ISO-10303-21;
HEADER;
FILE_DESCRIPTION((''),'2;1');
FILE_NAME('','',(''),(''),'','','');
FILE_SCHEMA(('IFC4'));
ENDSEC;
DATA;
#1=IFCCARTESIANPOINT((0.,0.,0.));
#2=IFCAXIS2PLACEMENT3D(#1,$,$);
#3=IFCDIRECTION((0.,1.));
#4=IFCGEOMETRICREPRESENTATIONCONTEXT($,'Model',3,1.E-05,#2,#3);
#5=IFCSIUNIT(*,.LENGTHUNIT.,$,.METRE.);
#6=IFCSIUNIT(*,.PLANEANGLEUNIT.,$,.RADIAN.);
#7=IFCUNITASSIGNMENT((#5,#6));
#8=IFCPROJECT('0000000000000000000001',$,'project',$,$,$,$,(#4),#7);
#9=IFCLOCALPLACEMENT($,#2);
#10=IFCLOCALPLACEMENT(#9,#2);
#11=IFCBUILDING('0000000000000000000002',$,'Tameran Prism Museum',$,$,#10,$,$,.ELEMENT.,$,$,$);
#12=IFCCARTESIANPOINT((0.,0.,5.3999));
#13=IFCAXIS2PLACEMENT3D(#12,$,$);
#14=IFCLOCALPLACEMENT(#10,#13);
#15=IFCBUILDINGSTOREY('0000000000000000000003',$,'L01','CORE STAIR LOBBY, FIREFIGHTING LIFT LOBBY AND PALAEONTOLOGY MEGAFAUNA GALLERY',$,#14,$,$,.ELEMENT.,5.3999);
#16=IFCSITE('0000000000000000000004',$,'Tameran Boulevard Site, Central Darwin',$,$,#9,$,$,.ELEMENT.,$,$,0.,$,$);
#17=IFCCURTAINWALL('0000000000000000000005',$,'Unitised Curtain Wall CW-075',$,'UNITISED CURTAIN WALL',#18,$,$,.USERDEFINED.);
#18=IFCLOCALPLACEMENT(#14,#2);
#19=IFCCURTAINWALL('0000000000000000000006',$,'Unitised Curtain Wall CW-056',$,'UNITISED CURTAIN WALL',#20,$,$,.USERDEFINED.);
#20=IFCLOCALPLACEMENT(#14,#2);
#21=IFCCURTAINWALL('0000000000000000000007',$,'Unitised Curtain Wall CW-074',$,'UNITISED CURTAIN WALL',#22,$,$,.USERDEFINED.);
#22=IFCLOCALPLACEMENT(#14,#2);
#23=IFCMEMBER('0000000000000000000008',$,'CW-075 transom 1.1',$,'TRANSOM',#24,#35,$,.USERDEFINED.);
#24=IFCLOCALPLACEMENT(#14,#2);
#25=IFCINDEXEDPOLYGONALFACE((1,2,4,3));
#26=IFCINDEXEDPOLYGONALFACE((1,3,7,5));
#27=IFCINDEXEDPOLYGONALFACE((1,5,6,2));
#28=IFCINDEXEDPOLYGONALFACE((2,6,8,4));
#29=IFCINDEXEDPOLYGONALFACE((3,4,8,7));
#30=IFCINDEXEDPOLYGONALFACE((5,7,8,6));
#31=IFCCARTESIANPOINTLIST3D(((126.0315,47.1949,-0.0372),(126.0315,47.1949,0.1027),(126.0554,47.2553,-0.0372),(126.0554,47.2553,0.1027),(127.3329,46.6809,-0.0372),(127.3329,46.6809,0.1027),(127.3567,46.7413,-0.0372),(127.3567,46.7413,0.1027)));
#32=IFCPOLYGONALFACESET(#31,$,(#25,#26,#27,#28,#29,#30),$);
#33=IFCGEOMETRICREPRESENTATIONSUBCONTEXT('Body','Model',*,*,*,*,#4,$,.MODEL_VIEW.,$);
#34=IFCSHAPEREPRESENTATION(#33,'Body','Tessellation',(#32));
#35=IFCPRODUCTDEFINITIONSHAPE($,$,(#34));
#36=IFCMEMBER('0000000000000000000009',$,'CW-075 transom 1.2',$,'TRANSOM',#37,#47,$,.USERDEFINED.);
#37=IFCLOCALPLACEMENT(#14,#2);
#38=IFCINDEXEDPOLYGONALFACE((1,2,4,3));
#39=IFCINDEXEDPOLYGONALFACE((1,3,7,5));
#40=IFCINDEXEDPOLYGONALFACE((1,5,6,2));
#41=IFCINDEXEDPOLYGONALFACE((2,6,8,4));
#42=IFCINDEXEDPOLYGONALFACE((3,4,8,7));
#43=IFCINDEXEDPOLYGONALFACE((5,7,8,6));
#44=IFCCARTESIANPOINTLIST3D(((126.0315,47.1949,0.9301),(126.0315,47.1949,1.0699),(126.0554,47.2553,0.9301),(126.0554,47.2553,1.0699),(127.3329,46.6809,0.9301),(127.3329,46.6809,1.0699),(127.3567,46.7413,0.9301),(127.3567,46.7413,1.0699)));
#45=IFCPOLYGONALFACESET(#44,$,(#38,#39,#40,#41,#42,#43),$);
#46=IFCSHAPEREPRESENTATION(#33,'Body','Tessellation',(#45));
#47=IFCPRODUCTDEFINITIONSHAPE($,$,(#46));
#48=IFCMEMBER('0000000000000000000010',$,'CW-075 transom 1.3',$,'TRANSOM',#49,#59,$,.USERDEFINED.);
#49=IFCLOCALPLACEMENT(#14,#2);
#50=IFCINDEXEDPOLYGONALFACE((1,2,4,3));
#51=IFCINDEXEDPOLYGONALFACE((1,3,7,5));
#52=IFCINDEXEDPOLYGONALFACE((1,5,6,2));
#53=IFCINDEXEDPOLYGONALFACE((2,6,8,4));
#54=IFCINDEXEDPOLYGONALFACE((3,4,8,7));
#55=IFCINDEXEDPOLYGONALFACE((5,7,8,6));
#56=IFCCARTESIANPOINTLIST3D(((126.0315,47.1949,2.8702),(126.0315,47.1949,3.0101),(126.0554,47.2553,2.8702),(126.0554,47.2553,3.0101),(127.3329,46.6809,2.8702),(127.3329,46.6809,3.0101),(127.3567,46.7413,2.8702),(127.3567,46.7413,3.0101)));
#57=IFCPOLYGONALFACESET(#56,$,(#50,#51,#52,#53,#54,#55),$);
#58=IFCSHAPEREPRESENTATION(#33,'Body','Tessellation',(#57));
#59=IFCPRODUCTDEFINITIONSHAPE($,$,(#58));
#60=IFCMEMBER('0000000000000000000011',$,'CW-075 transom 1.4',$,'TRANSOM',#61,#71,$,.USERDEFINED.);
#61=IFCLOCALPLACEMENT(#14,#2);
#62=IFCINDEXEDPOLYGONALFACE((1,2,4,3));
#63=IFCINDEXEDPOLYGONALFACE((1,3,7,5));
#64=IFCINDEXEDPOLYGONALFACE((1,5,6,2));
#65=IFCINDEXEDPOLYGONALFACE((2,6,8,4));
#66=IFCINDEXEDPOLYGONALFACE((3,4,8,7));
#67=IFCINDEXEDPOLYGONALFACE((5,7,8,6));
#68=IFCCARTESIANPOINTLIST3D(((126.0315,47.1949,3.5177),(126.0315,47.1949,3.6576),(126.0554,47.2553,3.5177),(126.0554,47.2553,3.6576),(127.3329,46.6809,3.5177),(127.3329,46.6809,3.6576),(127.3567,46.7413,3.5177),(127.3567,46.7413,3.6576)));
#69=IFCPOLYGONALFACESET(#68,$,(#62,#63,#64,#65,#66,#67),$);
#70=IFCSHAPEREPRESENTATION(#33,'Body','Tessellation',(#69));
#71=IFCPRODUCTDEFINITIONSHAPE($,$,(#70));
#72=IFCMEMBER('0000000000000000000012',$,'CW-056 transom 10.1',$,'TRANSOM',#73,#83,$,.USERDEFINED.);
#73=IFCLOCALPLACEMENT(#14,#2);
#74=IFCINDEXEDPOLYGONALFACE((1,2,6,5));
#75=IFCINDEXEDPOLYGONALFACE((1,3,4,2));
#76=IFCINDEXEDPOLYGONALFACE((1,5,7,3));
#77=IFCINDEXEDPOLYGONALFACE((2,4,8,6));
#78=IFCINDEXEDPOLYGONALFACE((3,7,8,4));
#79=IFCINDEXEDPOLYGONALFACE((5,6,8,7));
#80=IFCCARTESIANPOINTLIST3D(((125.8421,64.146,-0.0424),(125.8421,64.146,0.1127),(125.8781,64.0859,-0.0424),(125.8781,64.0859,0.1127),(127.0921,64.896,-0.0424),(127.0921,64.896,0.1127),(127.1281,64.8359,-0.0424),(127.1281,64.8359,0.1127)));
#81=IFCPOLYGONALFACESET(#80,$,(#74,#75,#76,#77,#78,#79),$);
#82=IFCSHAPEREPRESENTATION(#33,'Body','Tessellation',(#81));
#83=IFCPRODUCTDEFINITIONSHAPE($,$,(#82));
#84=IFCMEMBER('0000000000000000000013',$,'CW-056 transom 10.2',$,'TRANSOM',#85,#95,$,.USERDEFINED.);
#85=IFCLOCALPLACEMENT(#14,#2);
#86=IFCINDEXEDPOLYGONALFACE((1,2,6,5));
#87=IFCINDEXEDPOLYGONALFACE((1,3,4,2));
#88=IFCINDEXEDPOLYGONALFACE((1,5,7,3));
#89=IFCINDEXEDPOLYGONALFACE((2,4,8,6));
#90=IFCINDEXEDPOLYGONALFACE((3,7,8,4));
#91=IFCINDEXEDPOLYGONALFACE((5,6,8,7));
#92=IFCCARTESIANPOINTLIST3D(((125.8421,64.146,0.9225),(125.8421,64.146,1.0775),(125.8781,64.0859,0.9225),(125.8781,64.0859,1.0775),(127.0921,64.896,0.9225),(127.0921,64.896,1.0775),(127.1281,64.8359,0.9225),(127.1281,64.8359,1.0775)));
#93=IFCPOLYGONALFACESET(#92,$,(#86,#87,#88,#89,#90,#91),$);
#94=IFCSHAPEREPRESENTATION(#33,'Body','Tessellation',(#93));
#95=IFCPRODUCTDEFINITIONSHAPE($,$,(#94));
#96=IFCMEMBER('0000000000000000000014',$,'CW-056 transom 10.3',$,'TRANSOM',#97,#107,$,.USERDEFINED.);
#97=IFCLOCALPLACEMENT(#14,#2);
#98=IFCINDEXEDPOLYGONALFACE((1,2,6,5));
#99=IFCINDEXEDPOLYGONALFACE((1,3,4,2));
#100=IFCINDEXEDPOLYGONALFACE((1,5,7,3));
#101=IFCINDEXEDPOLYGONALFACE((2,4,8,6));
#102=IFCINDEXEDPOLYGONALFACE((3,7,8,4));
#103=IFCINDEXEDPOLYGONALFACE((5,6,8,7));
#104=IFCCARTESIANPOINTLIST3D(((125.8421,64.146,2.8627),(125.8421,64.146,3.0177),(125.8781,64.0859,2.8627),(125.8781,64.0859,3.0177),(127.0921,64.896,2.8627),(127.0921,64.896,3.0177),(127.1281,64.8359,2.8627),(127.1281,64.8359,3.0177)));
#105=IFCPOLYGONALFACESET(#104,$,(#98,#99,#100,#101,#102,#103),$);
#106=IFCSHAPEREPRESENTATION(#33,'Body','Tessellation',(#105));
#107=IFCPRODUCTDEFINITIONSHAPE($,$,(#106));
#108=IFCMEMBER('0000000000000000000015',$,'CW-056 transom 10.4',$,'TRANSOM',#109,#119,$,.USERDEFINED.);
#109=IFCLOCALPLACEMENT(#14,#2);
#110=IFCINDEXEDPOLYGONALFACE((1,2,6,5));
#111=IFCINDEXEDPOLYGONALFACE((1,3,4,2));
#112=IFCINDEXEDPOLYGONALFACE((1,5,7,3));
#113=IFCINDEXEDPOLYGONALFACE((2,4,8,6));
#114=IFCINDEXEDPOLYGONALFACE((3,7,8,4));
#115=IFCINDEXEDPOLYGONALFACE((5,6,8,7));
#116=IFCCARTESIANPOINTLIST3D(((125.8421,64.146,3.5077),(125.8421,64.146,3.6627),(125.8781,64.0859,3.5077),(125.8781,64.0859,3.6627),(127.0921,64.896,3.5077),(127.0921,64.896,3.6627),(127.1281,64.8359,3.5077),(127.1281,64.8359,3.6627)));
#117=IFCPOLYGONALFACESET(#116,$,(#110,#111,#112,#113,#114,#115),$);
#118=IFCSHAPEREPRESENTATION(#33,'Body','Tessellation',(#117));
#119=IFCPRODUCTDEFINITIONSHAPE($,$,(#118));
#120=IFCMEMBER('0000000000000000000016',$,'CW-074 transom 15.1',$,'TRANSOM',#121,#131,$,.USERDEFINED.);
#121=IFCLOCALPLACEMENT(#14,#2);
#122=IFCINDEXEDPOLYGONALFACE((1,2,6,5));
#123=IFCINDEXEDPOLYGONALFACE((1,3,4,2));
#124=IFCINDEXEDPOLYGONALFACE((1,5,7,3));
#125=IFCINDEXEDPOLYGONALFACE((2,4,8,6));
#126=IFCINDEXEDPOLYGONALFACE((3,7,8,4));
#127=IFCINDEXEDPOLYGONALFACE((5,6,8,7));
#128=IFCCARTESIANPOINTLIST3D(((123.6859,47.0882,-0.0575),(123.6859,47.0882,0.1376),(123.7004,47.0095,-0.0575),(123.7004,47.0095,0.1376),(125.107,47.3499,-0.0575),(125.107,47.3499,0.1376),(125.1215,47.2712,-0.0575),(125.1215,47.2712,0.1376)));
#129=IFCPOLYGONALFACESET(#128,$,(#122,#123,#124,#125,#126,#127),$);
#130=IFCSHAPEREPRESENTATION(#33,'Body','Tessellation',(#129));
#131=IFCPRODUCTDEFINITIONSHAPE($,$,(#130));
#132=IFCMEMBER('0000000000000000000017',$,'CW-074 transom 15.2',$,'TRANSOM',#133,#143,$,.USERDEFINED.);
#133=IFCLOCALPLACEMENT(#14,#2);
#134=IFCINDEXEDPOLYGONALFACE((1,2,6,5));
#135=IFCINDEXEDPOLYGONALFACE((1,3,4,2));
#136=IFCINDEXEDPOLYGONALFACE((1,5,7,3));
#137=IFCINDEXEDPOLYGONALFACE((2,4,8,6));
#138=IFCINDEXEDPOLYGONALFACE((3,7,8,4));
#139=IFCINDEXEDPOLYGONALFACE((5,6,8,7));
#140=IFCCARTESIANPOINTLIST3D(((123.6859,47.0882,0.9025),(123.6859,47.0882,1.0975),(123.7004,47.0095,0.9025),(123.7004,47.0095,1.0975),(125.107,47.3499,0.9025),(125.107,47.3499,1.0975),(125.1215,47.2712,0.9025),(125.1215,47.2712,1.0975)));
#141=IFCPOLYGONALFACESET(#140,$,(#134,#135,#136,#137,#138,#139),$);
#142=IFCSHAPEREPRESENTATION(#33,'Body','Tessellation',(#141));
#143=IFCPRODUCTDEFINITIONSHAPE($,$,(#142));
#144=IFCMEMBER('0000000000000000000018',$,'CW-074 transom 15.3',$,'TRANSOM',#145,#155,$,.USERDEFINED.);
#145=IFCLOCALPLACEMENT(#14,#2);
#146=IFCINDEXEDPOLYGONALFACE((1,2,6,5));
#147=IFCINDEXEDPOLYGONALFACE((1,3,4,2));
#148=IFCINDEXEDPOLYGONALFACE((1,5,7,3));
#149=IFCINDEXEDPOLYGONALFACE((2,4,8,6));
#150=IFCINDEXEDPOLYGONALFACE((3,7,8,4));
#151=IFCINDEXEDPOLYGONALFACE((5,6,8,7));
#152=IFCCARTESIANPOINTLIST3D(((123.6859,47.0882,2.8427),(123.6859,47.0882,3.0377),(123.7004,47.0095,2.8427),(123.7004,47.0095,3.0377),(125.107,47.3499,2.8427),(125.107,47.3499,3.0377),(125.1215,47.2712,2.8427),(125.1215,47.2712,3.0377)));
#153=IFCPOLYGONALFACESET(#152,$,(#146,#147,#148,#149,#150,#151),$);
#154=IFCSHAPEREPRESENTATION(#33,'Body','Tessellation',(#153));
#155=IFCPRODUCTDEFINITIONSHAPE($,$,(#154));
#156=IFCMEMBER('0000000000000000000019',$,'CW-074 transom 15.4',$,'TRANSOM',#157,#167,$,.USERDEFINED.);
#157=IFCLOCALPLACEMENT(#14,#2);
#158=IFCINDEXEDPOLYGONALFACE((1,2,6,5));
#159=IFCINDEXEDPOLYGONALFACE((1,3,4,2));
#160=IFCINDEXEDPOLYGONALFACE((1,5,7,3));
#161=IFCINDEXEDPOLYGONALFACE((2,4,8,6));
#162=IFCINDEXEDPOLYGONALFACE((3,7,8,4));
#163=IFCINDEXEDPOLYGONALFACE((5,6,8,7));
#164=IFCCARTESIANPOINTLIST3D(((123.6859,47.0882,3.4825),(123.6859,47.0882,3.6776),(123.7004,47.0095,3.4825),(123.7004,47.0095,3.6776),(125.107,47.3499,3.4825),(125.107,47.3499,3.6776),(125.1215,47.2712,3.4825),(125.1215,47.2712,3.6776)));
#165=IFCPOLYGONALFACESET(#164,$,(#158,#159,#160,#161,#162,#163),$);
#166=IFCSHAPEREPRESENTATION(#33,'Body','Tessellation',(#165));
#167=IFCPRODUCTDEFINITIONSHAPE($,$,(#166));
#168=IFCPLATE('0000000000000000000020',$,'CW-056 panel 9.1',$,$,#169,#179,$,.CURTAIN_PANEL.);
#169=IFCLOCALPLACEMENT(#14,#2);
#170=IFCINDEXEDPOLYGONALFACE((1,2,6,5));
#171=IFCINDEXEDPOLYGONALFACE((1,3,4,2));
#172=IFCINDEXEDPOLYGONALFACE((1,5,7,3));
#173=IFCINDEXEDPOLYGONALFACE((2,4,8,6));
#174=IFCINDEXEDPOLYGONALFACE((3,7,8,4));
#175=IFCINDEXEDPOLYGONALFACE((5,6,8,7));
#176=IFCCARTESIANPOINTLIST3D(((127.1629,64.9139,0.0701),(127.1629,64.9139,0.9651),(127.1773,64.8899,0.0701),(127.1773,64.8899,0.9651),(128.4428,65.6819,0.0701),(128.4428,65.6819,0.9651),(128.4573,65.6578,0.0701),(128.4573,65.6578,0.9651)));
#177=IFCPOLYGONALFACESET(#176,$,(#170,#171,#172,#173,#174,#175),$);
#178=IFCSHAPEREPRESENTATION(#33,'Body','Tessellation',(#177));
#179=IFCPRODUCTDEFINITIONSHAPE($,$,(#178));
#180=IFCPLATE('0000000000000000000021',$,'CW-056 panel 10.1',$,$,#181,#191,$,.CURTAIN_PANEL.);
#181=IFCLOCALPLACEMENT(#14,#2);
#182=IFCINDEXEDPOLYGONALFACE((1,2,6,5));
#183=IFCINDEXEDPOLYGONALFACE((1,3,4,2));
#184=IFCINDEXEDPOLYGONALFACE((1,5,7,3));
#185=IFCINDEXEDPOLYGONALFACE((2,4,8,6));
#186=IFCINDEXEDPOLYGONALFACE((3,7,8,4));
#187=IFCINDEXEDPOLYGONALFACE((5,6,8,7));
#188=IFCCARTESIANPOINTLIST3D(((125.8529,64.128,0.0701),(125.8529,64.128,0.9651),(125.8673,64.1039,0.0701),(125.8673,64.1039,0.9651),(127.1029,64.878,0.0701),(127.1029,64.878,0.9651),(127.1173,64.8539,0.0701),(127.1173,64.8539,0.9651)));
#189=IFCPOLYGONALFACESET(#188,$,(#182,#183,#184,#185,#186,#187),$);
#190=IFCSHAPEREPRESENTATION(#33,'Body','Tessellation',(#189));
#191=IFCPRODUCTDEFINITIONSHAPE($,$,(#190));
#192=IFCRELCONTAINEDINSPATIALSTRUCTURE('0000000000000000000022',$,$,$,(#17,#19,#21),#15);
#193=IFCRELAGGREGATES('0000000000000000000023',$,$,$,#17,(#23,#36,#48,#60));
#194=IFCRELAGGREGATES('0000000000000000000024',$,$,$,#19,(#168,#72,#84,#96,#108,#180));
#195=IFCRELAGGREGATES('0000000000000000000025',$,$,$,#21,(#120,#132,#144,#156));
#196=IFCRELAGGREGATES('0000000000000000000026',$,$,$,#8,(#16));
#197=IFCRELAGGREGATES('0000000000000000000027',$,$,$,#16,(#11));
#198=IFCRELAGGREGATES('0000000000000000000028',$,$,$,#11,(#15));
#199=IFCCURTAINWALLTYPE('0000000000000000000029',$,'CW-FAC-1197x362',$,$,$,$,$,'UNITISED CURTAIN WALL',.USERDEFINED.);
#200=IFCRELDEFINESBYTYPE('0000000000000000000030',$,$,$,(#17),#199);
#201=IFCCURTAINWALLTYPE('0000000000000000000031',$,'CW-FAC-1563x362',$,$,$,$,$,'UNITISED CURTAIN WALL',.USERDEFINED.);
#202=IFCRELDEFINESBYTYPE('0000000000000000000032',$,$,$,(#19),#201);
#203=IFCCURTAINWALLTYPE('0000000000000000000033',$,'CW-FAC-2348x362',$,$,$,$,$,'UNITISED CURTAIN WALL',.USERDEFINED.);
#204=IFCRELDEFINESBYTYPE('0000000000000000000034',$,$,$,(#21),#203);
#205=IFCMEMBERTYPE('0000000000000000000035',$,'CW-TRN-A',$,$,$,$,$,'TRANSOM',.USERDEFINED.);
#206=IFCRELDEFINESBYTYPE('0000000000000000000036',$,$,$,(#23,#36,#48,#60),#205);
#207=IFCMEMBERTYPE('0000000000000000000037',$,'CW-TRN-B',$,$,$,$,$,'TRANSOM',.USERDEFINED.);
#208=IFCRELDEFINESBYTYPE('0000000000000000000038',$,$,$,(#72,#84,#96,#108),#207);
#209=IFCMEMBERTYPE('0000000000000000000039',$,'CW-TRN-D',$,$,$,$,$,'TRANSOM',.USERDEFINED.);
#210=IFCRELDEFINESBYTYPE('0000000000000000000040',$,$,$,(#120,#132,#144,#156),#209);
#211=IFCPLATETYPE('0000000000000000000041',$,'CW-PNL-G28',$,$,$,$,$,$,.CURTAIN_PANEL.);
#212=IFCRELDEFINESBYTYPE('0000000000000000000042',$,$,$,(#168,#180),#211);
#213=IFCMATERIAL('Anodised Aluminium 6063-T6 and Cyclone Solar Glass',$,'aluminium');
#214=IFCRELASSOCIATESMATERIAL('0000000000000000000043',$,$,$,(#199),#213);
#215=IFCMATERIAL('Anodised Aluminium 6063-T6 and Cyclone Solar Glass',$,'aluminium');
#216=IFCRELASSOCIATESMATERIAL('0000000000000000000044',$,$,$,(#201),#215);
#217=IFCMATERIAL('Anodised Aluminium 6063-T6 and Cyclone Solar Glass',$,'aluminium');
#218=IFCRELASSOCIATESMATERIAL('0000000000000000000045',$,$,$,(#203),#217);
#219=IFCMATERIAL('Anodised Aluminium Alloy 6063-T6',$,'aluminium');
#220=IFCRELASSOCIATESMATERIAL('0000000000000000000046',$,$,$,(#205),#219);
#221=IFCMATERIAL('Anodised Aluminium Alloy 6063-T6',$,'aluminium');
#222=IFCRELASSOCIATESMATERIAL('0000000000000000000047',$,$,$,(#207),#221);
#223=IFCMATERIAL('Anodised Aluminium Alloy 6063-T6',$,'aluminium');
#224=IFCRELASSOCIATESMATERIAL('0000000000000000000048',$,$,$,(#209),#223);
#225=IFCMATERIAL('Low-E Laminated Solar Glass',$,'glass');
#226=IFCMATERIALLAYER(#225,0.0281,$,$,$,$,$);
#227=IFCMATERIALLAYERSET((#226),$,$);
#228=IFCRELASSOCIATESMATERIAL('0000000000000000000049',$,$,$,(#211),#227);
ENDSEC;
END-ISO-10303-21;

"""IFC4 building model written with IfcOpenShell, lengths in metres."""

from ifc_helpers import new_model, si_unit, direction, frame, origin, origin_2d, place, context, subcontext, project, spatial, rectangle, extrude, material, layer, layer_set, material_profile, profile_set, type_object, element, aggregate, save


model = new_model("IFC4")

# Units and contexts
model_context = context("Model", 3, precision=1e-05, world=origin(), true_north=direction((0.0, 1.0)))
body_context = subcontext(model_context, "Body", "Model", "MODEL_VIEW")
ifc_project = project(units=[si_unit("LENGTHUNIT", "METRE"), si_unit("PLANEANGLEUNIT", "RADIAN")], contexts=[model_context])

# Site, building, storey
site_placement = place(None, origin())
site = spatial("IfcSite", under=ifc_project, at=site_placement, Name="Tameran Boulevard Site, Central Darwin", CompositionType="ELEMENT", RefElevation=0.0)
building_placement = place(site_placement, origin())
building = spatial("IfcBuilding", under=site, at=building_placement, Name="Tameran Prism Museum", CompositionType="ELEMENT")
storey_placement = place(building_placement, frame((0.0, 0.0, 5.3999)))
storey = spatial("IfcBuildingStorey", under=building, at=storey_placement, Name="L01", Description="CORE STAIR LOBBY, FIREFIGHTING LIFT LOBBY AND PALAEONTOLOGY MEGAFAUNA GALLERY", CompositionType="ELEMENT", Elevation=5.3999)

# Curtain wall
ifc_material_1 = material(Name="Anodised Aluminium 6063-T6 and Cyclone Solar Glass", Category="aluminium")
curtain_wall_type_1 = type_object("IfcCurtainWallType", Name="CW-FAC-1197x362", ElementType="UNITISED CURTAIN WALL", PredefinedType="USERDEFINED", material=ifc_material_1)
curtain_wall_1_placement = place(storey_placement, origin())
curtain_wall_1 = element("IfcCurtainWall", 1, at=curtain_wall_1_placement, inside=storey, type_object=curtain_wall_type_1, Name="Unitised Curtain Wall CW-075", ObjectType="UNITISED CURTAIN WALL", PredefinedType="USERDEFINED")

# Curtain walls
ifc_material_2 = material(Name="Anodised Aluminium 6063-T6 and Cyclone Solar Glass", Category="aluminium")
curtain_wall_type_2 = type_object("IfcCurtainWallType", Name="CW-FAC-1563x362", ElementType="UNITISED CURTAIN WALL", PredefinedType="USERDEFINED", material=ifc_material_2)
curtain_wall_2_placement = place(storey_placement, origin())
curtain_wall_2 = element("IfcCurtainWall", 2, at=curtain_wall_2_placement, inside=storey, type_object=curtain_wall_type_2, Name="Unitised Curtain Wall CW-056", ObjectType="UNITISED CURTAIN WALL", PredefinedType="USERDEFINED")
ifc_material_3 = material(Name="Anodised Aluminium 6063-T6 and Cyclone Solar Glass", Category="aluminium")
curtain_wall_type_3 = type_object("IfcCurtainWallType", Name="CW-FAC-2348x362", ElementType="UNITISED CURTAIN WALL", PredefinedType="USERDEFINED", material=ifc_material_3)
curtain_wall_3_placement = place(storey_placement, origin())
curtain_wall_3 = element("IfcCurtainWall", 3, at=curtain_wall_3_placement, inside=storey, type_object=curtain_wall_type_3, Name="Unitised Curtain Wall CW-074", ObjectType="UNITISED CURTAIN WALL", PredefinedType="USERDEFINED")

# Members
ifc_material_4 = material(Name="Anodised Aluminium Alloy 6063-T6", Category="aluminium")
ifc_material_profile_1 = material_profile(ifc_material_4, rectangle(XDim=0.0649, YDim=0.1399, at=origin_2d()))
ifc_profile_set_1 = profile_set([ifc_material_profile_1])
member_type_1 = type_object("IfcMemberType", Name="CW-TRN-A", ElementType="TRANSOM", PredefinedType="USERDEFINED", material=ifc_profile_set_1)
member_1_placement = place(storey_placement, frame((126.0435, 47.2251, 0.0327), z_axis=(0.930092, -0.367325, 0.0), x_axis=(0.367325, 0.930092, 0.0)))
member_1 = element("IfcMember", 4, at=member_1_placement, type_object=member_type_1, Name="CW-075 transom 1.1", ObjectType="TRANSOM", PredefinedType="USERDEFINED", context=body_context, shape_type="SweptSolid", body=[
    extrude(rectangle(XDim=0.0649, YDim=0.1399, at=origin_2d()), origin(), (0.0, 0.0, 1.0), 1.3992),
])
member_2_placement = place(storey_placement, frame((126.0435, 47.2251, 1.0), z_axis=(0.930092, -0.367325, 0.0), x_axis=(0.367325, 0.930092, 0.0)))
member_2 = element("IfcMember", 5, at=member_2_placement, type_object=member_type_1, Name="CW-075 transom 1.2", ObjectType="TRANSOM", PredefinedType="USERDEFINED", context=body_context, shape_type="SweptSolid", body=[
    extrude(rectangle(XDim=0.0649, YDim=0.1399, at=origin_2d()), origin(), (0.0, 0.0, 1.0), 1.3992),
])
member_3_placement = place(storey_placement, frame((126.0435, 47.2251, 2.9402), z_axis=(0.930092, -0.367325, 0.0), x_axis=(0.367325, 0.930092, 0.0)))
member_3 = element("IfcMember", 6, at=member_3_placement, type_object=member_type_1, Name="CW-075 transom 1.3", ObjectType="TRANSOM", PredefinedType="USERDEFINED", context=body_context, shape_type="SweptSolid", body=[
    extrude(rectangle(XDim=0.0649, YDim=0.1399, at=origin_2d()), origin(), (0.0, 0.0, 1.0), 1.3992),
])
member_4_placement = place(storey_placement, frame((126.0435, 47.2251, 3.5876), z_axis=(0.930092, -0.367325, 0.0), x_axis=(0.367325, 0.930092, 0.0)))
member_4 = element("IfcMember", 7, at=member_4_placement, type_object=member_type_1, Name="CW-075 transom 1.4", ObjectType="TRANSOM", PredefinedType="USERDEFINED", context=body_context, shape_type="SweptSolid", body=[
    extrude(rectangle(XDim=0.0649, YDim=0.1399, at=origin_2d()), origin(), (0.0, 0.0, 1.0), 1.3992),
])
aggregate(curtain_wall_1, [member_1, member_2, member_3, member_4])
ifc_material_5 = material(Name="Anodised Aluminium Alloy 6063-T6", Category="aluminium")
ifc_material_profile_2 = material_profile(ifc_material_5, rectangle(XDim=0.0701, YDim=0.155, at=origin_2d()))
ifc_profile_set_2 = profile_set([ifc_material_profile_2])
member_type_2 = type_object("IfcMemberType", Name="CW-TRN-B", ElementType="TRANSOM", PredefinedType="USERDEFINED", material=ifc_profile_set_2)
member_5_placement = place(storey_placement, frame((127.1101, 64.866, 0.0352), z_axis=(-0.857493, -0.514496, 0.0), x_axis=(0.514496, -0.857493, 0.0)))
member_5 = element("IfcMember", 8, at=member_5_placement, type_object=member_type_2, Name="CW-056 transom 10.1", ObjectType="TRANSOM", PredefinedType="USERDEFINED", context=body_context, shape_type="SweptSolid", body=[
    extrude(rectangle(XDim=0.0701, YDim=0.155, at=origin_2d()), origin(), (0.0, 0.0, 1.0), 1.4578),
])
member_6_placement = place(storey_placement, frame((127.1101, 64.866, 1.0), z_axis=(-0.857493, -0.514496, 0.0), x_axis=(0.514496, -0.857493, 0.0)))
member_6 = element("IfcMember", 9, at=member_6_placement, type_object=member_type_2, Name="CW-056 transom 10.2", ObjectType="TRANSOM", PredefinedType="USERDEFINED", context=body_context, shape_type="SweptSolid", body=[
    extrude(rectangle(XDim=0.0701, YDim=0.155, at=origin_2d()), origin(), (0.0, 0.0, 1.0), 1.4578),
])
member_7_placement = place(storey_placement, frame((127.1101, 64.866, 2.9402), z_axis=(-0.857493, -0.514496, 0.0), x_axis=(0.514496, -0.857493, 0.0)))
member_7 = element("IfcMember", 10, at=member_7_placement, type_object=member_type_2, Name="CW-056 transom 10.3", ObjectType="TRANSOM", PredefinedType="USERDEFINED", context=body_context, shape_type="SweptSolid", body=[
    extrude(rectangle(XDim=0.0701, YDim=0.155, at=origin_2d()), origin(), (0.0, 0.0, 1.0), 1.4578),
])
member_8_placement = place(storey_placement, frame((127.1101, 64.866, 3.5852), z_axis=(-0.857493, -0.514496, 0.0), x_axis=(0.514496, -0.857493, 0.0)))
member_8 = element("IfcMember", 11, at=member_8_placement, type_object=member_type_2, Name="CW-056 transom 10.4", ObjectType="TRANSOM", PredefinedType="USERDEFINED", context=body_context, shape_type="SweptSolid", body=[
    extrude(rectangle(XDim=0.0701, YDim=0.155, at=origin_2d()), origin(), (0.0, 0.0, 1.0), 1.4578),
])
ifc_material_6 = material(Name="Anodised Aluminium Alloy 6063-T6", Category="aluminium")
ifc_material_profile_3 = material_profile(ifc_material_6, rectangle(XDim=0.0801, YDim=0.1951, at=origin_2d()))
ifc_profile_set_3 = profile_set([ifc_material_profile_3])
member_type_3 = type_object("IfcMemberType", Name="CW-TRN-D", ElementType="TRANSOM", PredefinedType="USERDEFINED", material=ifc_profile_set_3)
member_9_placement = place(storey_placement, frame((123.6931, 47.0488, 0.04), z_axis=(0.983462, 0.181115, 0.0), x_axis=(-0.181115, 0.983462, 0.0)))
member_9 = element("IfcMember", 12, at=member_9_placement, type_object=member_type_3, Name="CW-074 transom 15.1", ObjectType="TRANSOM", PredefinedType="USERDEFINED", context=body_context, shape_type="SweptSolid", body=[
    extrude(rectangle(XDim=0.0801, YDim=0.1951, at=origin_2d()), origin(), (0.0, 0.0, 1.0), 1.4451),
])
member_10_placement = place(storey_placement, frame((123.6931, 47.0488, 1.0), z_axis=(0.983462, 0.181115, 0.0), x_axis=(-0.181115, 0.983462, 0.0)))
member_10 = element("IfcMember", 13, at=member_10_placement, type_object=member_type_3, Name="CW-074 transom 15.2", ObjectType="TRANSOM", PredefinedType="USERDEFINED", context=body_context, shape_type="SweptSolid", body=[
    extrude(rectangle(XDim=0.0801, YDim=0.1951, at=origin_2d()), origin(), (0.0, 0.0, 1.0), 1.4451),
])
member_11_placement = place(storey_placement, frame((123.6931, 47.0488, 2.9402), z_axis=(0.983462, 0.181115, 0.0), x_axis=(-0.181115, 0.983462, 0.0)))
member_11 = element("IfcMember", 14, at=member_11_placement, type_object=member_type_3, Name="CW-074 transom 15.3", ObjectType="TRANSOM", PredefinedType="USERDEFINED", context=body_context, shape_type="SweptSolid", body=[
    extrude(rectangle(XDim=0.0801, YDim=0.1951, at=origin_2d()), origin(), (0.0, 0.0, 1.0), 1.4451),
])
member_12_placement = place(storey_placement, frame((123.6931, 47.0488, 3.5801), z_axis=(0.983462, 0.181115, 0.0), x_axis=(-0.181115, 0.983462, 0.0)))
member_12 = element("IfcMember", 15, at=member_12_placement, type_object=member_type_3, Name="CW-074 transom 15.4", ObjectType="TRANSOM", PredefinedType="USERDEFINED", context=body_context, shape_type="SweptSolid", body=[
    extrude(rectangle(XDim=0.0801, YDim=0.1951, at=origin_2d()), origin(), (0.0, 0.0, 1.0), 1.4451),
])

# Plates
ifc_material_7 = material(Name="Low-E Laminated Solar Glass", Category="glass")
ifc_layer_1 = layer(ifc_material_7, 0.0281)
ifc_layer_set_1 = layer_set([ifc_layer_1])
plate_type_1 = type_object("IfcPlateType", Name="CW-PNL-G28", PredefinedType="CURTAIN_PANEL", material=ifc_layer_set_1)
plate_1_placement = place(storey_placement, frame((127.8101, 65.2859, 0.0701), z_axis=(0.0, 0.0, 1.0), x_axis=(-0.857493, -0.514496, 0.0)))
plate_1 = element("IfcPlate", 16, at=plate_1_placement, type_object=plate_type_1, Name="CW-056 panel 9.1", PredefinedType="CURTAIN_PANEL", context=body_context, shape_type="SweptSolid", body=[
    extrude(rectangle(XDim=1.4927, YDim=0.0281, at=origin_2d()), origin(), (0.0, 0.0, 1.0), 0.895),
])
plate_2_placement = place(storey_placement, frame((126.4851, 64.491, 0.0701), z_axis=(0.0, 0.0, 1.0), x_axis=(-0.857493, -0.514496, 0.0)))
plate_2 = element("IfcPlate", 17, at=plate_2_placement, type_object=plate_type_1, Name="CW-056 panel 10.1", PredefinedType="CURTAIN_PANEL", context=body_context, shape_type="SweptSolid", body=[
    extrude(rectangle(XDim=1.4578, YDim=0.0281, at=origin_2d()), origin(), (0.0, 0.0, 1.0), 0.895),
])
aggregate(curtain_wall_2, [plate_1, member_5, member_6, member_7, member_8, plate_2])
aggregate(curtain_wall_3, [member_9, member_10, member_11, member_12])

save(model, "model.ifc")
